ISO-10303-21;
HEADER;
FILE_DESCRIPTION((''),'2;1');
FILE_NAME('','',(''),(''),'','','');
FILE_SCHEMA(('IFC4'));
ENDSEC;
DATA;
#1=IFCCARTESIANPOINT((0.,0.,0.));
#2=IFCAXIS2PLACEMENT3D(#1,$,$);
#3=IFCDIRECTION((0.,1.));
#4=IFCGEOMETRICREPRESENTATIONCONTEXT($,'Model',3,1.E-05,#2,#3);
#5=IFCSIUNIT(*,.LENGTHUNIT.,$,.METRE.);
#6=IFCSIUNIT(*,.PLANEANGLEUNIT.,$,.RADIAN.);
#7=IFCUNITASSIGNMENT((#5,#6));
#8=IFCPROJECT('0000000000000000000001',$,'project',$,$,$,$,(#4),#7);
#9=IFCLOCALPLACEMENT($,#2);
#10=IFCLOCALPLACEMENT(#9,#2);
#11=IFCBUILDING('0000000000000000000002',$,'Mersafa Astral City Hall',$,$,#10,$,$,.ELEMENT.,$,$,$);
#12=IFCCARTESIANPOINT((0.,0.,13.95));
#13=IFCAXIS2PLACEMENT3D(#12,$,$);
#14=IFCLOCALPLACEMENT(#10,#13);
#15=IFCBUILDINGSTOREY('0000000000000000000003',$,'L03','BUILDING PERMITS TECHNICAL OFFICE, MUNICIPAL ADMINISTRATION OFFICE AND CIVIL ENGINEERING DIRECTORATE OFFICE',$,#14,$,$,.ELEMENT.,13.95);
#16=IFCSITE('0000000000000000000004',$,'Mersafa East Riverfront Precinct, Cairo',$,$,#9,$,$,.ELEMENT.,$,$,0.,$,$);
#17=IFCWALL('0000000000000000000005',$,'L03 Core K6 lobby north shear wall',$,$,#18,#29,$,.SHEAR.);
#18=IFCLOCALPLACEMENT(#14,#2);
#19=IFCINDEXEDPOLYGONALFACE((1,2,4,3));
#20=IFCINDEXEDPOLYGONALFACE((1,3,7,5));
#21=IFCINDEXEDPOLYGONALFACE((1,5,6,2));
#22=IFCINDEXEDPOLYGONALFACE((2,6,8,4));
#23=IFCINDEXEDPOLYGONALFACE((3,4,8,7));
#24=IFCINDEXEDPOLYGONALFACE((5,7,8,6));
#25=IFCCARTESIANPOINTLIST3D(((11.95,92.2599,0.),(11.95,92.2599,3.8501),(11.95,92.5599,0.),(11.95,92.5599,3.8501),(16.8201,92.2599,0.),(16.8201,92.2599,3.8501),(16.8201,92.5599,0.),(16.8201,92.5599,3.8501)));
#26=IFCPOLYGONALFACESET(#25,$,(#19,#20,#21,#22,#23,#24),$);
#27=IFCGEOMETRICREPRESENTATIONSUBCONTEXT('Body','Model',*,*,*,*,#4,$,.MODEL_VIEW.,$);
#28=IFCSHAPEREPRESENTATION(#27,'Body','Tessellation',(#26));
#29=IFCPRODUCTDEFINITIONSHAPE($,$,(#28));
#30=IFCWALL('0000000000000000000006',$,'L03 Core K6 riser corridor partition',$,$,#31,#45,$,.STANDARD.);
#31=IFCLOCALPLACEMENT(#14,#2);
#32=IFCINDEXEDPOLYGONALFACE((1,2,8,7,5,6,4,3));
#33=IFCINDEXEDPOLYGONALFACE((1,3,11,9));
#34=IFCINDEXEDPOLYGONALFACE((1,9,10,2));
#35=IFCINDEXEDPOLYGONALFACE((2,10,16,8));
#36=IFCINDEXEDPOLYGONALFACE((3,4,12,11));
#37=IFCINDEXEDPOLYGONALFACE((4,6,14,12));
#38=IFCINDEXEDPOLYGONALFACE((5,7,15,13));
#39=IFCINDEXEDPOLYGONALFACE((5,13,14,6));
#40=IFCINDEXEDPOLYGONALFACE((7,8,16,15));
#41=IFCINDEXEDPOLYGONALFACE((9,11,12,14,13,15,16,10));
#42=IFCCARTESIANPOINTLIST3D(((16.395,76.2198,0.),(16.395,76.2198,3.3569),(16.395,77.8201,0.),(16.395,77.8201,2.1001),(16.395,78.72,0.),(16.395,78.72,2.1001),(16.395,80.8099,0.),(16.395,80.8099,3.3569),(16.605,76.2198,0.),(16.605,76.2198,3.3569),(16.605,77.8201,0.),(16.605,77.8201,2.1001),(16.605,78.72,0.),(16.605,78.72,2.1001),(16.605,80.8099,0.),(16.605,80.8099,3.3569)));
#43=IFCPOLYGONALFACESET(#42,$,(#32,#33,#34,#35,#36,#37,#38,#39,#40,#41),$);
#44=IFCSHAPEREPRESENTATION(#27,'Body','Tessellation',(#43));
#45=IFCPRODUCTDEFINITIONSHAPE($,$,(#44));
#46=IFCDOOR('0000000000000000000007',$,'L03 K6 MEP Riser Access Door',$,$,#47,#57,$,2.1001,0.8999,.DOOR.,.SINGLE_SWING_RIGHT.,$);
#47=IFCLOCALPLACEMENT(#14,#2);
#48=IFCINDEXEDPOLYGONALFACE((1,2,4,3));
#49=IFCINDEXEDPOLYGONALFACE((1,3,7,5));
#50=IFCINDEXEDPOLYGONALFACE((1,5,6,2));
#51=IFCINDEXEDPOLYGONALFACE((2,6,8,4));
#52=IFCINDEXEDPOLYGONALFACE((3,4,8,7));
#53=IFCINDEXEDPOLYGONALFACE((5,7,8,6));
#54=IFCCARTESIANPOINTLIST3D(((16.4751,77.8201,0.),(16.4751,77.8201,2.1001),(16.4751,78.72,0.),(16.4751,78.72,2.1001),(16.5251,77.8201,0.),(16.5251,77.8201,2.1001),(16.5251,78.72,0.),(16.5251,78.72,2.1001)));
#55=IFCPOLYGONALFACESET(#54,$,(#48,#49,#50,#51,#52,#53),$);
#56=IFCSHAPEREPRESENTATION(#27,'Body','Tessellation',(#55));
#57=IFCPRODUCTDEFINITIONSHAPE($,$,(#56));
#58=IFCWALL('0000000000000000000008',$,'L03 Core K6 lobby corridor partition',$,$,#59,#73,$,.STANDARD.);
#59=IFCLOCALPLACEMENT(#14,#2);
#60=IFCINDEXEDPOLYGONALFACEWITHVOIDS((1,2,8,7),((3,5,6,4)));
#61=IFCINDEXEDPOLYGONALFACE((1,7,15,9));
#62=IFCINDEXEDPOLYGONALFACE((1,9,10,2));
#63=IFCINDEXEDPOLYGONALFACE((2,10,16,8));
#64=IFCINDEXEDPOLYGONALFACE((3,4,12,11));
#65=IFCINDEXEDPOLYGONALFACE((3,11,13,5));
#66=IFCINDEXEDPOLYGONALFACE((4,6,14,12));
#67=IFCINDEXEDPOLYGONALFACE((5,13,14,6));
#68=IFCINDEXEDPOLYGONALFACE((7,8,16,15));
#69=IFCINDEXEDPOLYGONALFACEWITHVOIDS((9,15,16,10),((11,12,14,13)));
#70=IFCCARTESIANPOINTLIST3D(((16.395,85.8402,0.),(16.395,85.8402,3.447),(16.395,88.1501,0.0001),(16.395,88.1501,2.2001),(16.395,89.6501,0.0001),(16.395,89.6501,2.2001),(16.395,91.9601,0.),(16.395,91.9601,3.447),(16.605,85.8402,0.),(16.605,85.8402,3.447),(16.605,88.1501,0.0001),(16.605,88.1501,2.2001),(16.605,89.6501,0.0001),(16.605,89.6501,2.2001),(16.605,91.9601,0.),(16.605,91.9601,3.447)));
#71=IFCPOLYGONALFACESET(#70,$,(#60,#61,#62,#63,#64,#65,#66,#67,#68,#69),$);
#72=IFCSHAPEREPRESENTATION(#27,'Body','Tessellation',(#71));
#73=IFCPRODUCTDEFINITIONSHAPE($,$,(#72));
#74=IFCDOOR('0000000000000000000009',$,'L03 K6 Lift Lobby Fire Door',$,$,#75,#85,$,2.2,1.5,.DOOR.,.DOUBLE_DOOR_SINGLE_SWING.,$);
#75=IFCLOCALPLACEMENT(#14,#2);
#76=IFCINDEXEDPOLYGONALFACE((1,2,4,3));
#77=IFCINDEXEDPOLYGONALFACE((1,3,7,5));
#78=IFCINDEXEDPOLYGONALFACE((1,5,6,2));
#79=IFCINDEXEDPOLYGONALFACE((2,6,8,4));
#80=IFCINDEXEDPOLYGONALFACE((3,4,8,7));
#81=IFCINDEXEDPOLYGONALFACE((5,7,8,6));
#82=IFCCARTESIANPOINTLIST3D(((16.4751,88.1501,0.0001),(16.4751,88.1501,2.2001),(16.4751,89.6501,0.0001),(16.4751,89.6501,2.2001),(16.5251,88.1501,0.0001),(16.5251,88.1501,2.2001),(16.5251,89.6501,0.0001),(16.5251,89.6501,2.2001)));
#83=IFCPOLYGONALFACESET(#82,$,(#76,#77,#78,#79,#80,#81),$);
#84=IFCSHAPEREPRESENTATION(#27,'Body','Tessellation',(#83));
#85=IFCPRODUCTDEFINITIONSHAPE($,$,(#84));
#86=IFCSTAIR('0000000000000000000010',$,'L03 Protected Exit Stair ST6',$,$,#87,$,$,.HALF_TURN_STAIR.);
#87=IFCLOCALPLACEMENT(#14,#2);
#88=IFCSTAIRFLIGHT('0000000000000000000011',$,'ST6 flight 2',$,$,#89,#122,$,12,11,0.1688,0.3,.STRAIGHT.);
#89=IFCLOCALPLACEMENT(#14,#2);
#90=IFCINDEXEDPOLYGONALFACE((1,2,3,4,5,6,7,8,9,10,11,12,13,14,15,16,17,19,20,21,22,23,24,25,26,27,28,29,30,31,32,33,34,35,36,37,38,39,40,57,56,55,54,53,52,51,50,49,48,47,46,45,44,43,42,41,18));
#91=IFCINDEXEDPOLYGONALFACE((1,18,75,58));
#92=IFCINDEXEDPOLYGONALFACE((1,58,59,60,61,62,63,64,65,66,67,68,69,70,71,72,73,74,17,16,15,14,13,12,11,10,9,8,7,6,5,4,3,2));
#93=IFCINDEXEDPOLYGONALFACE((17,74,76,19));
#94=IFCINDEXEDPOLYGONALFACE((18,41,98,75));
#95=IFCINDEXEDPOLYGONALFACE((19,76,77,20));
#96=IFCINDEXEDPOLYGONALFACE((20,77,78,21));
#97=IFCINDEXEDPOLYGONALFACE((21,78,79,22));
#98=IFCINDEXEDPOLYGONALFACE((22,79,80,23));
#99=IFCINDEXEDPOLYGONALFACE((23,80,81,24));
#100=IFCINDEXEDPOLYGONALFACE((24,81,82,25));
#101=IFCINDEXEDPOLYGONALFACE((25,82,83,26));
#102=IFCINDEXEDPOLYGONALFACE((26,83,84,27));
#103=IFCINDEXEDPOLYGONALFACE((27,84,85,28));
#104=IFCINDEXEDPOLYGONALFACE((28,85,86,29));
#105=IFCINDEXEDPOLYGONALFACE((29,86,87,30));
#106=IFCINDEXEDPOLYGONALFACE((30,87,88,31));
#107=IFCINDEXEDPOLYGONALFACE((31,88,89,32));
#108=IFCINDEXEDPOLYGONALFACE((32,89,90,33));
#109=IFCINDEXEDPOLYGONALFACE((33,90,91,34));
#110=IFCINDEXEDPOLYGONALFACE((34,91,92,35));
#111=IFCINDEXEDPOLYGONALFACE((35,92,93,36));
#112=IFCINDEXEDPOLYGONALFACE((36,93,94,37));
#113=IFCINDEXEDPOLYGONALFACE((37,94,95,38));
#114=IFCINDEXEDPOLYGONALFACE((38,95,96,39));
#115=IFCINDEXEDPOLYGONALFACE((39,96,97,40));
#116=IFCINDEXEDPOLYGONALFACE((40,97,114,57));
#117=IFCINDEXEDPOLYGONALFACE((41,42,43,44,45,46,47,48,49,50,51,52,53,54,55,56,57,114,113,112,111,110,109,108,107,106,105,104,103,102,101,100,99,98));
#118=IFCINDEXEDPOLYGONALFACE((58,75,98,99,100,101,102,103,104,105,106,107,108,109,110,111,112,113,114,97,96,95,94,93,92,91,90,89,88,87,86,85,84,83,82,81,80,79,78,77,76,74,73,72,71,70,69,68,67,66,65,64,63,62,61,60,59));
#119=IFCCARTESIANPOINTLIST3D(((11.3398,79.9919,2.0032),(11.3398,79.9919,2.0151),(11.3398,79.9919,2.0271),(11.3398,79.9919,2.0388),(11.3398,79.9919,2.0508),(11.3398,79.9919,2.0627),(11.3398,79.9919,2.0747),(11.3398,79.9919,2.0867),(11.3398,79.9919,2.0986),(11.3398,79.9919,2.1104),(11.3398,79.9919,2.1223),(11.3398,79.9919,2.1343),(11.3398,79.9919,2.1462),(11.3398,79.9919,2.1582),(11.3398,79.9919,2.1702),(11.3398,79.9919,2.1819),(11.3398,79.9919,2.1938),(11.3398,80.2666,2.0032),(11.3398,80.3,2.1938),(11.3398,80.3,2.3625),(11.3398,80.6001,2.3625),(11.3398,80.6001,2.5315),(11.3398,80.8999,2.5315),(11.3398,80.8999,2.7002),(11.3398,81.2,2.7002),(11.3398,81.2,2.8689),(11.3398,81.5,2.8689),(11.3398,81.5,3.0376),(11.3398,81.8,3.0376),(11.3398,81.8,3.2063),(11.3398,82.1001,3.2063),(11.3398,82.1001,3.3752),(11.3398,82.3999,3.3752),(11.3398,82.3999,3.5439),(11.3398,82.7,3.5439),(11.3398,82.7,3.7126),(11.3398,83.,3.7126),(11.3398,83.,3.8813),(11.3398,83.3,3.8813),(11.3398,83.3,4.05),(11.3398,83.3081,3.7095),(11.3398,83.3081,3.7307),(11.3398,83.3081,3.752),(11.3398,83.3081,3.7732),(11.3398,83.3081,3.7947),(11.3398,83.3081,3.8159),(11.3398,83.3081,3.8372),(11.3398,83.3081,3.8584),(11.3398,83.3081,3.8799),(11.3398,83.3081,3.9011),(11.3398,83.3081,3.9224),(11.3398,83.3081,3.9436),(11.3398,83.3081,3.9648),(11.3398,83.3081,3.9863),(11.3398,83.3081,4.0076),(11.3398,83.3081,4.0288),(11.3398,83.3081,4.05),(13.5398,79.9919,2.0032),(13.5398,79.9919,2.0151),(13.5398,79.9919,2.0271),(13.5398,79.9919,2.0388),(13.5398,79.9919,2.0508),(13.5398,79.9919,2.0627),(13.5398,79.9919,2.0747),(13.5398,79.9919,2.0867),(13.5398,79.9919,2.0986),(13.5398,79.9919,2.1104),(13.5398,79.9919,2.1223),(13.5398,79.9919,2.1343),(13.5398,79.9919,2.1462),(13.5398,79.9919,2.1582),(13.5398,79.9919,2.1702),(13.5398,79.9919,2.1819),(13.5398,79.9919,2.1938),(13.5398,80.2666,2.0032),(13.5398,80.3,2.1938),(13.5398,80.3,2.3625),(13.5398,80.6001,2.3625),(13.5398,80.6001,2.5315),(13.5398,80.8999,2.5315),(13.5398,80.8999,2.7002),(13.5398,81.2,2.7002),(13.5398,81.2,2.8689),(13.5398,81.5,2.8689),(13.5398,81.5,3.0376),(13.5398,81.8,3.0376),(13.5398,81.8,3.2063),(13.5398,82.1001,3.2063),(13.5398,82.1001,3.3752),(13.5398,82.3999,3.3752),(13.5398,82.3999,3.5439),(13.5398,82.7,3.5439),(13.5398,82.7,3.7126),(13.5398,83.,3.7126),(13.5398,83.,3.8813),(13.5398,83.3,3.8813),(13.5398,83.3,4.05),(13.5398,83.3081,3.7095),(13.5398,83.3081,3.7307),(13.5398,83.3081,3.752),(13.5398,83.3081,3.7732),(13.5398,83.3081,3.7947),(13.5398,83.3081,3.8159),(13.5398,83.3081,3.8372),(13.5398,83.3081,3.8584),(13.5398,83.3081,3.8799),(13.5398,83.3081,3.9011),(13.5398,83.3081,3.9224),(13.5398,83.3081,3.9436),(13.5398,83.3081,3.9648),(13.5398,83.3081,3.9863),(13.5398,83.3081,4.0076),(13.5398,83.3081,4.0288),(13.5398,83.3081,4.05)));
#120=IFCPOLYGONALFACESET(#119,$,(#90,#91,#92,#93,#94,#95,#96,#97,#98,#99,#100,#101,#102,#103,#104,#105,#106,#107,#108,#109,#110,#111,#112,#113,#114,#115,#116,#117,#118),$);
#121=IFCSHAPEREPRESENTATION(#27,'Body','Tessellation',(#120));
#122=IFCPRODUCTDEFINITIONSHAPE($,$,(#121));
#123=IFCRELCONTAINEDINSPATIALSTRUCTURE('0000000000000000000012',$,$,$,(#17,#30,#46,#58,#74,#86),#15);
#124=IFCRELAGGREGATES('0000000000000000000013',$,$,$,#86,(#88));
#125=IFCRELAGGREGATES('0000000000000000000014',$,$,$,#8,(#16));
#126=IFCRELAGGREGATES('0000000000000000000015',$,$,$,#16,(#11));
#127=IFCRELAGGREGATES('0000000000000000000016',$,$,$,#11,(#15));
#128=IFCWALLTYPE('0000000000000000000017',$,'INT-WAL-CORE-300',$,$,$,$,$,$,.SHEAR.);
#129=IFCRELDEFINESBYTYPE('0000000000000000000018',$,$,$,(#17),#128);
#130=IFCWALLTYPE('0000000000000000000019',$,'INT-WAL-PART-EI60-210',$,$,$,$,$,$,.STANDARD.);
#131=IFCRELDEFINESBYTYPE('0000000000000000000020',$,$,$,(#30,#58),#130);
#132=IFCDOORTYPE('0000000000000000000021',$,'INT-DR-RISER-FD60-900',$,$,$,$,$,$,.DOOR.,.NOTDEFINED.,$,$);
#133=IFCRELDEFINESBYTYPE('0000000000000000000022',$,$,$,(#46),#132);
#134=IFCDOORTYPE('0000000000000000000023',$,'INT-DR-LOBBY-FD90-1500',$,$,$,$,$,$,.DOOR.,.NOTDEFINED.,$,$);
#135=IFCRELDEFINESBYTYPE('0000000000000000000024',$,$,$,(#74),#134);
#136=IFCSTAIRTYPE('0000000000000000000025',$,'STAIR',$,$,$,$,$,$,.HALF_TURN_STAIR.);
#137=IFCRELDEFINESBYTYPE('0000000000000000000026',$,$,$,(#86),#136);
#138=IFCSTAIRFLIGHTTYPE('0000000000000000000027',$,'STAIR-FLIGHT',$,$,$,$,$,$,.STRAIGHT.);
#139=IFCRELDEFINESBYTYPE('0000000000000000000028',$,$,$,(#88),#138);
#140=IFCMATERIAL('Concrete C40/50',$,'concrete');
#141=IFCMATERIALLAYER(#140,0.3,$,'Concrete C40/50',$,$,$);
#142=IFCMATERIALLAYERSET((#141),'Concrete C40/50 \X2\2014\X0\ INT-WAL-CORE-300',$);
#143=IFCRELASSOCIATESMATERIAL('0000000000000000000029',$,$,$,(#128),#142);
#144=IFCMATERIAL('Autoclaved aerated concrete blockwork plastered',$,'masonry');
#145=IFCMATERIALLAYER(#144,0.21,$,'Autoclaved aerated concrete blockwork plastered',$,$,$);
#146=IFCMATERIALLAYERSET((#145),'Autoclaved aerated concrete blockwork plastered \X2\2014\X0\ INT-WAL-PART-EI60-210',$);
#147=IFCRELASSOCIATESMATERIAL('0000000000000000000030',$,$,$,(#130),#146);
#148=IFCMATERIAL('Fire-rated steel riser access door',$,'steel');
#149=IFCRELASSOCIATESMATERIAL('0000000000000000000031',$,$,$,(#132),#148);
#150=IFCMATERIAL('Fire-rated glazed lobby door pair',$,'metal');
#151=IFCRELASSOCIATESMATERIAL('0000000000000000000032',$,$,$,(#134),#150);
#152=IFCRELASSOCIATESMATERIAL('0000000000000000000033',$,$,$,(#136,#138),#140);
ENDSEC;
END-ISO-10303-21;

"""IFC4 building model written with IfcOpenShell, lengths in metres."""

from ifc_helpers import new_model, si_unit, direction, frame, frame_2d, origin, place, context, subcontext, project, spatial, polyline, rectangle, outline, extrude, material, layer, layer_set, type_object, element, fill, aggregate, save


model = new_model("IFC4")

# Units and contexts
model_context = context("Model", 3, precision=1e-05, world=origin(), true_north=direction((0.0, 1.0)))
body_context = subcontext(model_context, "Body", "Model", "MODEL_VIEW")
ifc_project = project(units=[si_unit("LENGTHUNIT", "METRE"), si_unit("PLANEANGLEUNIT", "RADIAN")], contexts=[model_context])

# Site, building, storey
site_placement = place(None, origin())
site = spatial("IfcSite", under=ifc_project, at=site_placement, Name="Mersafa East Riverfront Precinct, Cairo", CompositionType="ELEMENT", RefElevation=0.0)
building_placement = place(site_placement, origin())
building = spatial("IfcBuilding", under=site, at=building_placement, Name="Mersafa Astral City Hall", CompositionType="ELEMENT")
storey_placement = place(building_placement, frame((0.0, 0.0, 13.95)))
storey = spatial("IfcBuildingStorey", under=building, at=storey_placement, Name="L03", Description="BUILDING PERMITS TECHNICAL OFFICE, MUNICIPAL ADMINISTRATION OFFICE AND CIVIL ENGINEERING DIRECTORATE OFFICE", CompositionType="ELEMENT", Elevation=13.95)

# Wall
ifc_material_1 = material(Name="Concrete C40/50", Category="concrete")
ifc_layer_1 = layer(ifc_material_1, 0.3, Name="Concrete C40/50")
ifc_layer_set_1 = layer_set([ifc_layer_1], Name="Concrete C40/50 — INT-WAL-CORE-300")
wall_type_1 = type_object("IfcWallType", Name="INT-WAL-CORE-300", PredefinedType="SHEAR", material=ifc_layer_set_1)
wall_1_placement = place(storey_placement, frame((11.95, 92.4099, 0.0), z_axis=(0.0, 0.0, 1.0), x_axis=(1.0, 0.0, 0.0)))
element("IfcWall", 1, at=wall_1_placement, inside=storey, type_object=wall_type_1, Name="L03 Core K6 lobby north shear wall", PredefinedType="SHEAR", context=body_context, shape_type="SweptSolid", body=[
    extrude(rectangle(XDim=4.8701, YDim=0.3, at=frame_2d((2.4351, 0.0))), origin(), (0.0, 0.0, 1.0), 3.8501),
])

# Walls, openings, doors
ifc_material_2 = material(Name="Autoclaved aerated concrete blockwork plastered", Category="masonry")
ifc_layer_2 = layer(ifc_material_2, 0.21, Name="Autoclaved aerated concrete blockwork plastered")
ifc_layer_set_2 = layer_set([ifc_layer_2], Name="Autoclaved aerated concrete blockwork plastered — INT-WAL-PART-EI60-210")
wall_type_2 = type_object("IfcWallType", Name="INT-WAL-PART-EI60-210", PredefinedType="STANDARD", material=ifc_layer_set_2)
wall_2_placement = place(storey_placement, frame((16.5, 76.22, 0.0), z_axis=(0.0, 0.0, 1.0), x_axis=(0.0, 1.0, 0.0)))
wall_2 = element("IfcWall", 2, at=wall_2_placement, inside=storey, type_object=wall_type_2, Name="L03 Core K6 riser corridor partition", PredefinedType="STANDARD", context=body_context, shape_type="SweptSolid", body=[
    extrude(rectangle(XDim=4.5901, YDim=0.21, at=frame_2d((2.2949, 0.0))), origin(), (0.0, 0.0, 1.0), 3.3569),
])
opening_1_placement = place(wall_2_placement, frame((1.6001, 0.0, 0.0)))
opening_1 = element("IfcOpeningElement", 3, at=opening_1_placement, cuts=wall_2, PredefinedType="OPENING", context=body_context, shape_type="SweptSolid", body=[
    extrude(rectangle(XDim=0.8999, YDim=2.1001, at=frame_2d((0.45, 1.05))), frame((0.0, 0.115, 0.0), z_axis=(0.0, -1.0, 0.0), x_axis=(1.0, 0.0, 0.0)), (0.0, 0.0, 1.0), 0.23),
])
ifc_material_3 = material(Name="Fire-rated steel riser access door", Category="steel")
door_type_1 = type_object("IfcDoorType", Name="INT-DR-RISER-FD60-900", OperationType="NOTDEFINED", PredefinedType="DOOR", material=ifc_material_3)
door_1_placement = place(opening_1_placement, origin())
door_1 = element("IfcDoor", 4, at=door_1_placement, inside=storey, type_object=door_type_1, Name="L03 K6 MEP Riser Access Door", OperationType="SINGLE_SWING_RIGHT", OverallHeight=2.1001, OverallWidth=0.8999, PredefinedType="DOOR", context=body_context, shape_type="SweptSolid", body=[
    extrude(rectangle(XDim=0.8999, YDim=2.1001, at=frame_2d((0.45, 1.05))), frame((0.0, 0.0249, 0.0), z_axis=(0.0, -1.0, 0.0), x_axis=(1.0, 0.0, 0.0)), (0.0, 0.0, 1.0), 0.05),
])
fill(opening_1, door_1)
wall_3_placement = place(storey_placement, frame((16.5, 85.8401, 0.0), z_axis=(0.0, 0.0, 1.0), x_axis=(0.0, 1.0, 0.0)))
wall_3 = element("IfcWall", 5, at=wall_3_placement, inside=storey, type_object=wall_type_2, Name="L03 Core K6 lobby corridor partition", PredefinedType="STANDARD", context=body_context, shape_type="SweptSolid", body=[
    extrude(rectangle(XDim=6.1199, YDim=0.21, at=frame_2d((3.0601, 0.0))), origin(), (0.0, 0.0, 1.0), 3.447),
])
opening_2_placement = place(wall_3_placement, frame((2.3101, 0.0, 0.0)))
opening_2 = element("IfcOpeningElement", 6, at=opening_2_placement, cuts=wall_3, PredefinedType="OPENING", context=body_context, shape_type="SweptSolid", body=[
    extrude(rectangle(XDim=1.5, YDim=2.2, at=frame_2d((0.75, 1.1001))), frame((0.0, 0.115, 0.0), z_axis=(0.0, -1.0, 0.0), x_axis=(1.0, 0.0, 0.0)), (0.0, 0.0, 1.0), 0.23),
])
ifc_material_4 = material(Name="Fire-rated glazed lobby door pair", Category="metal")
door_type_2 = type_object("IfcDoorType", Name="INT-DR-LOBBY-FD90-1500", OperationType="NOTDEFINED", PredefinedType="DOOR", material=ifc_material_4)
door_2_placement = place(opening_2_placement, origin())
door_2 = element("IfcDoor", 7, at=door_2_placement, inside=storey, type_object=door_type_2, Name="L03 K6 Lift Lobby Fire Door", OperationType="DOUBLE_DOOR_SINGLE_SWING", OverallHeight=2.2, OverallWidth=1.5, PredefinedType="DOOR", context=body_context, shape_type="SweptSolid", body=[
    extrude(rectangle(XDim=1.5, YDim=2.2, at=frame_2d((0.75, 1.1001))), frame((0.0, 0.0249, 0.0), z_axis=(0.0, -1.0, 0.0), x_axis=(1.0, 0.0, 0.0)), (0.0, 0.0, 1.0), 0.05),
])
fill(opening_2, door_2)

# Stair, stair flight
stair_type = type_object("IfcStairType", Name="STAIR", PredefinedType="HALF_TURN_STAIR", material=ifc_material_1)
stair_placement = place(storey_placement, origin())
stair = element("IfcStair", 8, at=stair_placement, inside=storey, type_object=stair_type, Name="L03 Protected Exit Stair ST6", PredefinedType="HALF_TURN_STAIR")
stair_flight_type = type_object("IfcStairFlightType", Name="STAIR-FLIGHT", PredefinedType="STRAIGHT", material=ifc_material_1)
stair_flight_placement = place(storey_placement, frame((12.4399, 80.0, 2.0251), z_axis=(0.0, 0.0, 1.0), x_axis=(0.0, 1.0, 0.0)))
stair_flight = element("IfcStairFlight", 9, at=stair_flight_placement, type_object=stair_flight_type, Name="ST6 flight 2", NumberOfRisers=12, NumberOfTreads=11, PredefinedType="STRAIGHT", RiserHeight=0.1688, TreadLength=0.3, context=body_context, shape_type="SweptSolid", body=[
    extrude(outline(polyline([(-0.0081, -0.022), (-0.0081, -0.01), (-0.0081, 0.002), (-0.0081, 0.0137), (-0.0081, 0.0256), (-0.0081, 0.0376), (-0.0081, 0.0496), (-0.0081, 0.0615), (-0.0081, 0.0735), (-0.0081, 0.0852), (-0.0081, 0.0972), (-0.0081, 0.1091), (-0.0081, 0.1211), (-0.0081, 0.1331), (-0.0081, 0.145), (-0.0081, 0.1567), (-0.0081, 0.1687), (0.3, 0.1687), (0.3, 0.3374), (0.6001, 0.3374), (0.6001, 0.5063), (0.8999, 0.5063), (0.8999, 0.675), (1.2, 0.675), (1.2, 0.8438), (1.5, 0.8438), (1.5, 1.0125), (1.8, 1.0125), (1.8, 1.1812), (2.1001, 1.1812), (2.1001, 1.3501), (2.3999, 1.3501), (2.3999, 1.5188), (2.7, 1.5188), (2.7, 1.6875), (3.0, 1.6875), (3.0, 1.8562), (3.3, 1.8562), (3.3, 2.0249), (3.3081, 2.0249), (3.3081, 2.0037), (3.3081, 1.9824), (3.3081, 1.9612), (3.3081, 1.9397), (3.3081, 1.9185), (3.3081, 1.8972), (3.3081, 1.876), (3.3081, 1.8547), (3.3081, 1.8333), (3.3081, 1.812), (3.3081, 1.7908), (3.3081, 1.7695), (3.3081, 1.748), (3.3081, 1.7268), (3.3081, 1.7056), (3.3081, 1.6843), (0.2666, -0.022), (-0.0081, -0.022)])), frame((0.0, 1.1001, 0.0), z_axis=(0.0, -1.0, 0.0), x_axis=(1.0, 0.0, 0.0)), (0.0, 0.0, 1.0), 2.2),
])
aggregate(stair, [stair_flight])

save(model, "model.ifc")
